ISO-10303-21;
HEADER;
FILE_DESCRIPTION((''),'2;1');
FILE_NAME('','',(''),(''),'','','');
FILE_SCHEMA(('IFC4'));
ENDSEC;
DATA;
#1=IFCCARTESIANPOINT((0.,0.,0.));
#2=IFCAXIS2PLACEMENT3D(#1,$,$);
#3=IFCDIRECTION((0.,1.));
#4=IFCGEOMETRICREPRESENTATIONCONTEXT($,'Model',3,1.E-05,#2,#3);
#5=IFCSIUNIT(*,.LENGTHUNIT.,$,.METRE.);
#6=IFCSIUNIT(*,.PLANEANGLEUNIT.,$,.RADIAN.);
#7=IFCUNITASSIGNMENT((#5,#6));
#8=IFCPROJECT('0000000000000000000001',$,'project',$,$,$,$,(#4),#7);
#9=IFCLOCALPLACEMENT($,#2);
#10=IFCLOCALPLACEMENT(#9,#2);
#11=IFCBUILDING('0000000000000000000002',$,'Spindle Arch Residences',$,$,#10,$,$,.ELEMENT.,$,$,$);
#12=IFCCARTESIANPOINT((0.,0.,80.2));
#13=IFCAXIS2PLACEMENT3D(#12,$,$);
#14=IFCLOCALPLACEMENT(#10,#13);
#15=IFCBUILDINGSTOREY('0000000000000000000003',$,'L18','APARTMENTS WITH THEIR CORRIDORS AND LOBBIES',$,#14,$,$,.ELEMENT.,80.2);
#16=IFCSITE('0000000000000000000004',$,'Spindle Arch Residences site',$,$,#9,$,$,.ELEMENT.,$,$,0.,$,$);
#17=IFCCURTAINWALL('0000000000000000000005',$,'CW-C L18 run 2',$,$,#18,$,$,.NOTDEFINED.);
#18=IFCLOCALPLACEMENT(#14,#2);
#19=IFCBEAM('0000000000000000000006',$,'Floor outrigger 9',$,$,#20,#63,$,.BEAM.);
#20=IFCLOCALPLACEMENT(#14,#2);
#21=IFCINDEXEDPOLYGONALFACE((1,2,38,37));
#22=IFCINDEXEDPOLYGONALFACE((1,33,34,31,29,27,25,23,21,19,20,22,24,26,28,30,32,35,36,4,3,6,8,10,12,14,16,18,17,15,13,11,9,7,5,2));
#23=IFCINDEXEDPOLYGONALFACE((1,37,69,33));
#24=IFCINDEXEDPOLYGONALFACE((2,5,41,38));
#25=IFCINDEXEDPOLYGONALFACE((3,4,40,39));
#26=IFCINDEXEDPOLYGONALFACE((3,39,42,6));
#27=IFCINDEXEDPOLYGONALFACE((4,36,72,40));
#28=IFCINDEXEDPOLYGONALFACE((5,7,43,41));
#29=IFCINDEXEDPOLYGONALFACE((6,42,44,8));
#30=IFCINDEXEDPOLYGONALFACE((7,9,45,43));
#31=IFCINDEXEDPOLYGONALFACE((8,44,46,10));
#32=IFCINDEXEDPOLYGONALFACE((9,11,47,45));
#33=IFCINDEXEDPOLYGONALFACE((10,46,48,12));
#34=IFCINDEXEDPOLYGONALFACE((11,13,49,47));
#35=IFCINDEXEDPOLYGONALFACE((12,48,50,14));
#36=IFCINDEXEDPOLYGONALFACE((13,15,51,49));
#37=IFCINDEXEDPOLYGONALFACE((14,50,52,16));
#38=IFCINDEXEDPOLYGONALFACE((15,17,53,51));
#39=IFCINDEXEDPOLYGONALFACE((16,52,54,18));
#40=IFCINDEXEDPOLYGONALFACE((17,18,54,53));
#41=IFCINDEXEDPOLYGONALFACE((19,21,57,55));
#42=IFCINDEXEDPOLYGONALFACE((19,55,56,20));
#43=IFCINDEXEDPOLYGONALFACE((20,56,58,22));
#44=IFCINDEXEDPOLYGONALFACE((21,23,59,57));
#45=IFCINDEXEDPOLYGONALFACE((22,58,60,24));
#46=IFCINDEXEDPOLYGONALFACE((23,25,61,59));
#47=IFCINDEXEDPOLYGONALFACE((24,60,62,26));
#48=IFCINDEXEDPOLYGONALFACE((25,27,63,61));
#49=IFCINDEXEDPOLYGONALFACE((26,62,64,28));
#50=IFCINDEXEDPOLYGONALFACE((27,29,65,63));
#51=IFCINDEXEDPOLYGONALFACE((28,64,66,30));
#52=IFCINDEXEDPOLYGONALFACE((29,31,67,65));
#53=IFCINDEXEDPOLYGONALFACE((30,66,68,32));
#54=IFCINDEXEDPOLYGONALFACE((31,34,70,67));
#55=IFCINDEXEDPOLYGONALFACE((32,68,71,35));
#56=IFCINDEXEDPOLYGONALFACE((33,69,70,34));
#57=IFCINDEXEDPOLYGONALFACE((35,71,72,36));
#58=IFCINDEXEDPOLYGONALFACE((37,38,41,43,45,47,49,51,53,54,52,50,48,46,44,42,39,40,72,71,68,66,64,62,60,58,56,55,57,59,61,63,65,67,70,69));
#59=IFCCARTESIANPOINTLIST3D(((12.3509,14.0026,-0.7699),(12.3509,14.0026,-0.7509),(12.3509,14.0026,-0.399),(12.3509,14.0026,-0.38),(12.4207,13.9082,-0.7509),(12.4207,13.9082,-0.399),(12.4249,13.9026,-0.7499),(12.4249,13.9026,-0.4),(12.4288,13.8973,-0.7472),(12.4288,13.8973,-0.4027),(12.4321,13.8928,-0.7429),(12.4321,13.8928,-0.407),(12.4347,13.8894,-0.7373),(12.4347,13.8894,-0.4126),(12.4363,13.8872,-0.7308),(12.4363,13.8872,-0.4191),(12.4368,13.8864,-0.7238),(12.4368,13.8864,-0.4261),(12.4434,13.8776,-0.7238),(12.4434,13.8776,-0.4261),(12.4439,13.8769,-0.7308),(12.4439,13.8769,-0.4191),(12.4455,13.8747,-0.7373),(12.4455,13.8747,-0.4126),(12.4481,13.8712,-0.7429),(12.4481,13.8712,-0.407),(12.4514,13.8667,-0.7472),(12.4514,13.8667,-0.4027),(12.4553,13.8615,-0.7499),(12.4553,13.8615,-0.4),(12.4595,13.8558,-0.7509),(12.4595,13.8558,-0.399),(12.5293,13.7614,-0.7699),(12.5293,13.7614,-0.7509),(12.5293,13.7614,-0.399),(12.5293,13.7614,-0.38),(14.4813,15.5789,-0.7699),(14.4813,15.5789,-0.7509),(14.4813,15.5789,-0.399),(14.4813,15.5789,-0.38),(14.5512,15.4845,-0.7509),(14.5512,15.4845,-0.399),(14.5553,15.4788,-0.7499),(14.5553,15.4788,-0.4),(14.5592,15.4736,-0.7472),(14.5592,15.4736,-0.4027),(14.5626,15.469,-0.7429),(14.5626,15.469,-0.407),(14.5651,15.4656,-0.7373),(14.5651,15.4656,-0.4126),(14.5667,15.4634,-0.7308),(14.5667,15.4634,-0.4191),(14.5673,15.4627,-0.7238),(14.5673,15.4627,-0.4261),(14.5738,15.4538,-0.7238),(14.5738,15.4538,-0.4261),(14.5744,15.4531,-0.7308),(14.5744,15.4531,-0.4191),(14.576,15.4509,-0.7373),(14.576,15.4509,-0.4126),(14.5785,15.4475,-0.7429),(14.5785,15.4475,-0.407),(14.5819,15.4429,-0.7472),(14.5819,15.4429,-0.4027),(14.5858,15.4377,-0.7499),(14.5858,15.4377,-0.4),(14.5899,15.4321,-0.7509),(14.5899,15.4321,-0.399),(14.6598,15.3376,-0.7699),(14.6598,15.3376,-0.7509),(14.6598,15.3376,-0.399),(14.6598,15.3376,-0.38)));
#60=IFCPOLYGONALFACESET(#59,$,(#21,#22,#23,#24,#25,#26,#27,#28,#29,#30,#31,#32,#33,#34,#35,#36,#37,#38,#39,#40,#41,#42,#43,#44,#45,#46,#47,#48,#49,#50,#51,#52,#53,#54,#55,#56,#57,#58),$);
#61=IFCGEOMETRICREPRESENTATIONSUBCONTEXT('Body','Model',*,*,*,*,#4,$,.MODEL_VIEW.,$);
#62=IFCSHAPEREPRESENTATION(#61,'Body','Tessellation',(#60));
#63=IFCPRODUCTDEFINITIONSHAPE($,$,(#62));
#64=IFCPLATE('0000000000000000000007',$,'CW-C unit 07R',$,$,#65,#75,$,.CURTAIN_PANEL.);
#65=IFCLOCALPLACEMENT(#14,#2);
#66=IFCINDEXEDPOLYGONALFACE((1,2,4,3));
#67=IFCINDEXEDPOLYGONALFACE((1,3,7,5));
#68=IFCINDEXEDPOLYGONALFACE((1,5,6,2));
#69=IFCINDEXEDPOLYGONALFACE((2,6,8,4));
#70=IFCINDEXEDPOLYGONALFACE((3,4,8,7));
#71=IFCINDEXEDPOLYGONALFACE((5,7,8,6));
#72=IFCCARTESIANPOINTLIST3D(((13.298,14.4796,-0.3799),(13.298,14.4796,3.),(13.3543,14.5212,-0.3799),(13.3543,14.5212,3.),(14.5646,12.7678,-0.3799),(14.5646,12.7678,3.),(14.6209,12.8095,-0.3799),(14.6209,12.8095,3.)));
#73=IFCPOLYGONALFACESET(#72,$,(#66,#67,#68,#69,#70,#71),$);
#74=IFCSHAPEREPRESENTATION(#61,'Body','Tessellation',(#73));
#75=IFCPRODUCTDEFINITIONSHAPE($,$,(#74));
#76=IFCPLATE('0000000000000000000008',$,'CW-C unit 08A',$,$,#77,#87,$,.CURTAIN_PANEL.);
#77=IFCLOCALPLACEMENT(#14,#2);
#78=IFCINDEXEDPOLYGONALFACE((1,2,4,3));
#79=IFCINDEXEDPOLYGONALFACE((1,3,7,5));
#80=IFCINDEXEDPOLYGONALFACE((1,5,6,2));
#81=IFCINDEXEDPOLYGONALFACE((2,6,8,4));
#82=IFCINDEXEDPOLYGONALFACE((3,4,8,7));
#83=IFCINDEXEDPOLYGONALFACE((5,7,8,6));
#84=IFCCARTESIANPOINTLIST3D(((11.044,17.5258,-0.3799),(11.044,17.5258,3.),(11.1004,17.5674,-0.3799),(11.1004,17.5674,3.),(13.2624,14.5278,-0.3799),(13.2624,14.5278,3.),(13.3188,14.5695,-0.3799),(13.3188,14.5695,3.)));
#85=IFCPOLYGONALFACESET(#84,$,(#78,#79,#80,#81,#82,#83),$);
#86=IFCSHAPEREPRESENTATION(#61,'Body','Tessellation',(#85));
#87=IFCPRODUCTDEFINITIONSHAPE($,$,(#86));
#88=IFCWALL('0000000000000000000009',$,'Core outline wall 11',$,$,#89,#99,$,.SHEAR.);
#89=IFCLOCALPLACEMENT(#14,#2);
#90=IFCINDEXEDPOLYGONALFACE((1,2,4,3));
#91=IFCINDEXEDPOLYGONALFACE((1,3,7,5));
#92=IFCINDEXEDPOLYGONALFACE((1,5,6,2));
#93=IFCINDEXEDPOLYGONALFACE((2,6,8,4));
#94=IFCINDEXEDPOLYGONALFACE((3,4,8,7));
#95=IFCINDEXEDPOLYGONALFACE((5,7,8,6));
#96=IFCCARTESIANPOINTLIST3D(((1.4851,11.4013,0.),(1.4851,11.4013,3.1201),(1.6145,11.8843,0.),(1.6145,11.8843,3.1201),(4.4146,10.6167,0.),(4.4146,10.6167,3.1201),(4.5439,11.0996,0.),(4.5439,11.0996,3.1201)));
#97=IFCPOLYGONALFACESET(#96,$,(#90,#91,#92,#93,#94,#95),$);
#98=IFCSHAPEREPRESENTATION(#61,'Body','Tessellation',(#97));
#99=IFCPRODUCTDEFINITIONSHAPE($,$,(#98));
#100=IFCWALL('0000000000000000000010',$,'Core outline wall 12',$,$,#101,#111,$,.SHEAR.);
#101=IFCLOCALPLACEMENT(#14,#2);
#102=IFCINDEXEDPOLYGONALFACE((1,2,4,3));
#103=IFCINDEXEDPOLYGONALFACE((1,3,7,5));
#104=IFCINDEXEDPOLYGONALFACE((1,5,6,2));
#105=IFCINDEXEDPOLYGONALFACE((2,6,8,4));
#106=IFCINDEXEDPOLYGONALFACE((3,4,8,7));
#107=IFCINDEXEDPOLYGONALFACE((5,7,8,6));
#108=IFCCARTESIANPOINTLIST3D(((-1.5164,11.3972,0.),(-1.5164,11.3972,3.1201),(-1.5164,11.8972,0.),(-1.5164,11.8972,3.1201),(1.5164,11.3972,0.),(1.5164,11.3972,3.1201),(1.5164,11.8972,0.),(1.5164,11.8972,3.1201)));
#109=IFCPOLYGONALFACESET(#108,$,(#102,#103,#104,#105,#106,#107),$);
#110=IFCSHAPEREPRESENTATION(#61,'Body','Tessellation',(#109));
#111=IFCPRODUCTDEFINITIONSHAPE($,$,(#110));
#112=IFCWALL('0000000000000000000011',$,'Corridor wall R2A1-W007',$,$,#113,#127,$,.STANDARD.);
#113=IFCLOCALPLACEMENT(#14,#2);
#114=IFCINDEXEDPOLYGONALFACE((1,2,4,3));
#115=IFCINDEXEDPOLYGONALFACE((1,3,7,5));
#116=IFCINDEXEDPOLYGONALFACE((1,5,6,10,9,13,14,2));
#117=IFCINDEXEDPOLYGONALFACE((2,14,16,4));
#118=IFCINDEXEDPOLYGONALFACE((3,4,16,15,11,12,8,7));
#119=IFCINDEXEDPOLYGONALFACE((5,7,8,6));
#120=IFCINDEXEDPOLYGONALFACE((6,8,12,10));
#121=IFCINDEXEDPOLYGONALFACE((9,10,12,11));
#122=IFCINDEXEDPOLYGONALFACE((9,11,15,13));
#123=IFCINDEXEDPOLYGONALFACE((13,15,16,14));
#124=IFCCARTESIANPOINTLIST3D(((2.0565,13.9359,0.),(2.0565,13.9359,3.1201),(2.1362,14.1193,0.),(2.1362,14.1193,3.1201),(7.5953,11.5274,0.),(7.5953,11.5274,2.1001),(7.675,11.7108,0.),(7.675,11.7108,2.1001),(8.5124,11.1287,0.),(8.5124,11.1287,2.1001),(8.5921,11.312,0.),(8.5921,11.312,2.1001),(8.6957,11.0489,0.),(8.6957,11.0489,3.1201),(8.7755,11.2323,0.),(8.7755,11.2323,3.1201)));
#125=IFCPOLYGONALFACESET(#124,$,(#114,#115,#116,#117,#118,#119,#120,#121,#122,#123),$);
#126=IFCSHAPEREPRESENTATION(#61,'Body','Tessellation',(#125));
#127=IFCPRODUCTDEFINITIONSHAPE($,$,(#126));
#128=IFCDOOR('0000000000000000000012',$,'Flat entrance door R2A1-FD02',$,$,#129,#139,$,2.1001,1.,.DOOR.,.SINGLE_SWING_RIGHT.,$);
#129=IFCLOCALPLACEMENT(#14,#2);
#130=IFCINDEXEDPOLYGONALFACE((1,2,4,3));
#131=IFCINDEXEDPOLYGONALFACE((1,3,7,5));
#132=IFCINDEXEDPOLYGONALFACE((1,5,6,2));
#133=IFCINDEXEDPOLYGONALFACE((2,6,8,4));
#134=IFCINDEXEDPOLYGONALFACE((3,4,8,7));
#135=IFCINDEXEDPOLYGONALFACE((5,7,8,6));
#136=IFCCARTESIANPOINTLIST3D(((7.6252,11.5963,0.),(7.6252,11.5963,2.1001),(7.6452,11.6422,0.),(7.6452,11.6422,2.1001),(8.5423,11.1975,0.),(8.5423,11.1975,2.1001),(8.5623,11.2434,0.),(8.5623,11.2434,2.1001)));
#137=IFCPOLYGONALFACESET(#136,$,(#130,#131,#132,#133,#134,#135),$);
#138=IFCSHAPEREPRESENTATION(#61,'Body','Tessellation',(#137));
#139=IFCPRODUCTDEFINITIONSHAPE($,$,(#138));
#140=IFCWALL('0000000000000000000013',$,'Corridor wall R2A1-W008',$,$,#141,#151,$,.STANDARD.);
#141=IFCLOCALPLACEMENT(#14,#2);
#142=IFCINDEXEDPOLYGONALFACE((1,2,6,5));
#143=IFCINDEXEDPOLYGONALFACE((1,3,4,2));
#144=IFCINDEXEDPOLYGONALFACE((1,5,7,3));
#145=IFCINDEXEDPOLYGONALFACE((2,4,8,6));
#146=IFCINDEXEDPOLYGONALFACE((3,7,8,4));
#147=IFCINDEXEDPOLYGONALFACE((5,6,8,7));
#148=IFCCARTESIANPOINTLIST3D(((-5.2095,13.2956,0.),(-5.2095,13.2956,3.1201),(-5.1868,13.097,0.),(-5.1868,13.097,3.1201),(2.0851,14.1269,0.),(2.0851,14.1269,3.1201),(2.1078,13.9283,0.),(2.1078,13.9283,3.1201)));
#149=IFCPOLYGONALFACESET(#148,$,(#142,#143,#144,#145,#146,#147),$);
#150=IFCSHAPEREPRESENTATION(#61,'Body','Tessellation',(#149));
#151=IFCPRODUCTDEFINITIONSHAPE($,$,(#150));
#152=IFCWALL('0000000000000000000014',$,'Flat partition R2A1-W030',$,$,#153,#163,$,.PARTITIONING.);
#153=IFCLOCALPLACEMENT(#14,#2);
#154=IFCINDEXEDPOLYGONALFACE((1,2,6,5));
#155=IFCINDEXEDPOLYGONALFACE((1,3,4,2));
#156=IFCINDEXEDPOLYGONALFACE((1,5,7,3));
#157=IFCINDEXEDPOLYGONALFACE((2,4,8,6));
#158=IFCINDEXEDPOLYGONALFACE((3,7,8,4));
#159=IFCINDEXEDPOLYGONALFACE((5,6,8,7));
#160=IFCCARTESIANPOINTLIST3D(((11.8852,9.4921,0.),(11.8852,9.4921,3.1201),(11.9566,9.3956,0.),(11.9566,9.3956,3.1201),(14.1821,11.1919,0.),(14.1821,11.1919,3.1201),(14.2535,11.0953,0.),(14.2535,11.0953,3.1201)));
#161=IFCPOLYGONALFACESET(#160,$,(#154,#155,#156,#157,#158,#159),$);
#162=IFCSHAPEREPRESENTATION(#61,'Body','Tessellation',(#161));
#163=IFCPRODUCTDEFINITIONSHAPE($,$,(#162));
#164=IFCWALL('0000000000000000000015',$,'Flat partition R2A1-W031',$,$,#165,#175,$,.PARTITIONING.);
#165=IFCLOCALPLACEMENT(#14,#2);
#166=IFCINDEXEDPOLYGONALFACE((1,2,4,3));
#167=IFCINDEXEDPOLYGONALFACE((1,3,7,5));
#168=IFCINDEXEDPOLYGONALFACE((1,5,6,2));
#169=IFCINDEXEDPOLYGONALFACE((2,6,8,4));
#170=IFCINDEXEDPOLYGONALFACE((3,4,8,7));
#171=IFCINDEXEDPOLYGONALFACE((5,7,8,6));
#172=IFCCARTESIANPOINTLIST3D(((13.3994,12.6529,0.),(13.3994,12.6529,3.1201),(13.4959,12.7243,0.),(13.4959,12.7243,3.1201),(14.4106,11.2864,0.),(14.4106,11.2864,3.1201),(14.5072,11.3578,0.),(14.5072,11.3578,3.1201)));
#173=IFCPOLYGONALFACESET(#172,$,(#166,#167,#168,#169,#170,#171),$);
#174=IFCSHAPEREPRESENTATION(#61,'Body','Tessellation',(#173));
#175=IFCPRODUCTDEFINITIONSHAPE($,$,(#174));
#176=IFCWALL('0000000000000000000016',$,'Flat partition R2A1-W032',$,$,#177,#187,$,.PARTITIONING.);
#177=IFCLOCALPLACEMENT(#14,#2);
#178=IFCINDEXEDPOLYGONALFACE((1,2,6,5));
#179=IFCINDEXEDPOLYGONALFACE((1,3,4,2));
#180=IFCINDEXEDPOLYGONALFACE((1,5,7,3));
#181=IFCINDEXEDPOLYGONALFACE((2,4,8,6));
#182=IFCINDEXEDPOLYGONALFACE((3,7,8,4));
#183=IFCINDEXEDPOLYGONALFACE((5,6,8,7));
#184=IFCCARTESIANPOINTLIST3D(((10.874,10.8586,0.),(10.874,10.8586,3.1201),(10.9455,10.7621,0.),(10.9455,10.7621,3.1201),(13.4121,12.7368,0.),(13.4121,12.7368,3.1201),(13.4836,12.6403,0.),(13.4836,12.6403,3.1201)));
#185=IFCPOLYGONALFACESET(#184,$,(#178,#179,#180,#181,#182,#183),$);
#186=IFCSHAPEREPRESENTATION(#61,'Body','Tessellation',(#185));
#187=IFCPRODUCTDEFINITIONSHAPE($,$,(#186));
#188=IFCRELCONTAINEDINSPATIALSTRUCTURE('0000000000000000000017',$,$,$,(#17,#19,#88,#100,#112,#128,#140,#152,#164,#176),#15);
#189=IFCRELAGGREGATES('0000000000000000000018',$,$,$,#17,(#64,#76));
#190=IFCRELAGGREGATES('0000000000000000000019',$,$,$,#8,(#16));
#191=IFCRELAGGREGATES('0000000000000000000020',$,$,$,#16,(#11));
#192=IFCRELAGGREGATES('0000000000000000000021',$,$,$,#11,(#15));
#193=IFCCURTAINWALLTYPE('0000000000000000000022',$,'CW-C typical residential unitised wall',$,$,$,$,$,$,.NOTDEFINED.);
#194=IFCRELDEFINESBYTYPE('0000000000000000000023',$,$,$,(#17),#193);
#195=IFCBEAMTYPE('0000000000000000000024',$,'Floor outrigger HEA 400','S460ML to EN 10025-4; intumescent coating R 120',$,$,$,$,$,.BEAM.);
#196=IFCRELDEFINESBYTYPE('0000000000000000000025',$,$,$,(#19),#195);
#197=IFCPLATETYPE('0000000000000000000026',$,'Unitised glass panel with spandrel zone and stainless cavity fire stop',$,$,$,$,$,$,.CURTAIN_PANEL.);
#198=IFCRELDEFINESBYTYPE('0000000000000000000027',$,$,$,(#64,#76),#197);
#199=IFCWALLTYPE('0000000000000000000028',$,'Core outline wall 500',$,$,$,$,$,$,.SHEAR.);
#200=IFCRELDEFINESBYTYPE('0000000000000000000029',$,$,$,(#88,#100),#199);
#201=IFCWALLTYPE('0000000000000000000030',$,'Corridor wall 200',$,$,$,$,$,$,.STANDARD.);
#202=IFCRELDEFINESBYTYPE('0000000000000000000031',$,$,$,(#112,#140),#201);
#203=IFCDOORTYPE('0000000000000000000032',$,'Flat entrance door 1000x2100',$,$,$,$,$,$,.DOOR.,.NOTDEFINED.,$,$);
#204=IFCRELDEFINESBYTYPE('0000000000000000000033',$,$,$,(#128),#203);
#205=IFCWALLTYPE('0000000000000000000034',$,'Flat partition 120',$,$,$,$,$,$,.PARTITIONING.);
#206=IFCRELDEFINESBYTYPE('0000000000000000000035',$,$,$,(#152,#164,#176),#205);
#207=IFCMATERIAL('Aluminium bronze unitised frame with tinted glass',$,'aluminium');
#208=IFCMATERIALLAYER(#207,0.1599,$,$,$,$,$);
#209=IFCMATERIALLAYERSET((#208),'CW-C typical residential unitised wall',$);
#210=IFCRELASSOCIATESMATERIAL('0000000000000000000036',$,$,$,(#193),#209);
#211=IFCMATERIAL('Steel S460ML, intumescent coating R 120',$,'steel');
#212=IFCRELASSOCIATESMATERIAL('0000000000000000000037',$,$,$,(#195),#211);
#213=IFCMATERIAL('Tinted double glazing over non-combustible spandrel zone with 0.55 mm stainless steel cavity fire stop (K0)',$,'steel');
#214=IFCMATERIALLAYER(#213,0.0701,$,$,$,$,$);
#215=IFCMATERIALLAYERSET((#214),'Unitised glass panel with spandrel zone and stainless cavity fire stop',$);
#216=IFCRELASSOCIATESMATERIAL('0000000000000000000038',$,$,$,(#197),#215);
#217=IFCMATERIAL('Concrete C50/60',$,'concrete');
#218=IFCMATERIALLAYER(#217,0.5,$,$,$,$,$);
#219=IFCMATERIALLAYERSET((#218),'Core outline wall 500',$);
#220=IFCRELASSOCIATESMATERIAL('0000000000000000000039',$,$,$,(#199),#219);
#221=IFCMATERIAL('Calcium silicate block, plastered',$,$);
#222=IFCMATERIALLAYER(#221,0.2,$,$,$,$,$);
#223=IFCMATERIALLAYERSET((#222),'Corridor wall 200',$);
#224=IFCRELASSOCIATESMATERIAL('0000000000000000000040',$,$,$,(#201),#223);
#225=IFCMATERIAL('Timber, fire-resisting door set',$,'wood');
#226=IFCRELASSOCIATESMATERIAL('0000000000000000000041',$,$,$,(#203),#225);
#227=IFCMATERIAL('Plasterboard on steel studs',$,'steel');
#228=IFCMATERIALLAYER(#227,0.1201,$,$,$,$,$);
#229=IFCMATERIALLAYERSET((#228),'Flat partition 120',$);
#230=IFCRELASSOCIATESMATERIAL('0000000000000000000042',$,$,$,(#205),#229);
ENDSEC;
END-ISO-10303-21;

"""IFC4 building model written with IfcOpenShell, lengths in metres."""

from ifc_helpers import new_model, si_unit, direction, frame, frame_2d, origin, origin_2d, place, context, subcontext, project, spatial, rectangle, i_section, extrude, material, layer, layer_set, material_profile, profile_set, type_object, element, fill, aggregate, save


model = new_model("IFC4")

# Units and contexts
model_context = context("Model", 3, precision=1e-05, world=origin(), true_north=direction((0.0, 1.0)))
body_context = subcontext(model_context, "Body", "Model", "MODEL_VIEW")
ifc_project = project(units=[si_unit("LENGTHUNIT", "METRE"), si_unit("PLANEANGLEUNIT", "RADIAN")], contexts=[model_context])

# Site, building, storey
site_placement = place(None, origin())
site = spatial("IfcSite", under=ifc_project, at=site_placement, Name="Spindle Arch Residences site", CompositionType="ELEMENT", RefElevation=0.0)
building_placement = place(site_placement, origin())
building = spatial("IfcBuilding", under=site, at=building_placement, Name="Spindle Arch Residences", CompositionType="ELEMENT")
storey_placement = place(building_placement, frame((0.0, 0.0, 80.2)))
storey = spatial("IfcBuildingStorey", under=building, at=storey_placement, Name="L18", Description="APARTMENTS WITH THEIR CORRIDORS AND LOBBIES", CompositionType="ELEMENT", Elevation=80.2)

# Curtain wall
ifc_material_1 = material(Name="Aluminium bronze unitised frame with tinted glass", Category="aluminium")
ifc_layer_1 = layer(ifc_material_1, 0.1599)
ifc_layer_set_1 = layer_set([ifc_layer_1], Name="CW-C typical residential unitised wall")
curtain_wall_type = type_object("IfcCurtainWallType", Name="CW-C typical residential unitised wall", PredefinedType="NOTDEFINED", material=ifc_layer_set_1)
curtain_wall_placement = place(storey_placement, origin())
curtain_wall = element("IfcCurtainWall", 1, at=curtain_wall_placement, inside=storey, type_object=curtain_wall_type, Name="CW-C L18 run 2", PredefinedType="NOTDEFINED")

# Beam
ifc_material_2 = material(Name="Steel S460ML, intumescent coating R 120", Category="steel")
ifc_material_profile_1 = material_profile(ifc_material_2, i_section(OverallWidth=0.3, OverallDepth=0.3899, WebThickness=0.011, FlangeThickness=0.019, FilletRadius=0.0271, at=origin_2d()), Name="HEA 400")
ifc_profile_set_1 = profile_set([ifc_material_profile_1], Name="Steel S460ML, intumescent coating R 120")
beam_type_1 = type_object("IfcBeamType", Name="Floor outrigger HEA 400", Description="S460ML to EN 10025-4; intumescent coating R 120", PredefinedType="BEAM", material=ifc_profile_set_1)
beam_1_placement = place(storey_placement, frame((14.5706, 15.4583, -0.575), z_axis=(-0.803897, -0.594769, 0.0), x_axis=(0.594769, -0.803897, 0.0)))
element("IfcBeam", 2, at=beam_1_placement, inside=storey, type_object=beam_type_1, Name="Floor outrigger 9", PredefinedType="BEAM", context=body_context, shape_type="SweptSolid", body=[
    extrude(i_section(OverallWidth=0.3, OverallDepth=0.3899, WebThickness=0.011, FlangeThickness=0.019, FilletRadius=0.0271, at=origin_2d()), origin(), (0.0, 0.0, 1.0), 2.6501),
])

# Plates
ifc_material_3 = material(Name="Tinted double glazing over non-combustible spandrel zone with 0.55 mm stainless steel cavity fire stop (K0)", Category="steel")
ifc_layer_2 = layer(ifc_material_3, 0.0701)
ifc_layer_set_2 = layer_set([ifc_layer_2], Name="Unitised glass panel with spandrel zone and stainless cavity fire stop")
plate_type = type_object("IfcPlateType", Name="Unitised glass panel with spandrel zone and stainless cavity fire stop", PredefinedType="CURTAIN_PANEL", material=ifc_layer_set_2)
plate_1_placement = place(storey_placement, frame((13.9595, 13.6445, -0.3799), z_axis=(0.0, 0.0, 1.0), x_axis=(-0.594823, 0.803857, 0.0)))
plate_1 = element("IfcPlate", 3, at=plate_1_placement, type_object=plate_type, Name="CW-C unit 07R", PredefinedType="CURTAIN_PANEL", context=body_context, shape_type="SweptSolid", body=[
    extrude(rectangle(XDim=2.1294, YDim=0.0701, at=origin_2d()), origin(), (0.0, 0.0, 1.0), 3.3799),
])
plate_2_placement = place(storey_placement, frame((12.1814, 16.0476, -0.3799), z_axis=(0.0, 0.0, 1.0), x_axis=(-0.594823, 0.803857, 0.0)))
plate_2 = element("IfcPlate", 4, at=plate_2_placement, type_object=plate_type, Name="CW-C unit 08A", PredefinedType="CURTAIN_PANEL", context=body_context, shape_type="SweptSolid", body=[
    extrude(rectangle(XDim=3.7295, YDim=0.0701, at=origin_2d()), origin(), (0.0, 0.0, 1.0), 3.3799),
])
aggregate(curtain_wall, [plate_1, plate_2])

# Walls
ifc_material_4 = material(Name="Concrete C50/60", Category="concrete")
ifc_layer_3 = layer(ifc_material_4, 0.5)
ifc_layer_set_3 = layer_set([ifc_layer_3], Name="Core outline wall 500")
wall_type_1 = type_object("IfcWallType", Name="Core outline wall 500", PredefinedType="SHEAR", material=ifc_layer_set_3)
for number, where, z_axis, x_axis, name in (
    (5, (4.4792, 10.8582, 0.0), (0.0, 0.0, 1.0), (-0.965948, 0.258735, 0.0), "Core outline wall 11"),
    (6, (1.5164, 11.6472, 0.0), (0.0, 0.0, 1.0), (-1.0, 0.0, 0.0), "Core outline wall 12"),
):
    element("IfcWall", number, at=place(storey_placement, frame(where, z_axis=z_axis, x_axis=x_axis)), inside=storey, type_object=wall_type_1, Name=name, PredefinedType="SHEAR", context=body_context, shape_type="SweptSolid", body=[
        extrude(rectangle(XDim=3.0327, YDim=0.5, at=frame_2d((1.5164, 0.0))), origin(), (0.0, 0.0, 1.0), 3.1201),
    ])

# Wall, opening, door
ifc_material_5 = material(Name="Calcium silicate block, plastered")
ifc_layer_4 = layer(ifc_material_5, 0.2)
ifc_layer_set_4 = layer_set([ifc_layer_4], Name="Corridor wall 200")
wall_type_2 = type_object("IfcWallType", Name="Corridor wall 200", PredefinedType="STANDARD", material=ifc_layer_set_4)
wall_1_placement = place(storey_placement, frame((8.7356, 11.1406, 0.0), z_axis=(0.0, 0.0, 1.0), x_axis=(-0.917051, 0.398769, 0.0)))
wall_1 = element("IfcWall", 7, at=wall_1_placement, inside=storey, type_object=wall_type_2, Name="Corridor wall R2A1-W007", PredefinedType="STANDARD", context=body_context, shape_type="SweptSolid", body=[
    extrude(rectangle(XDim=7.2397, YDim=0.2, at=frame_2d((3.6199, 0.0))), origin(), (0.0, 0.0, 1.0), 3.1201),
])
opening_1_placement = place(wall_1_placement, frame((0.2, 0.0, 0.0)))
opening_1 = element("IfcOpeningElement", 8, at=opening_1_placement, cuts=wall_1, PredefinedType="OPENING", context=body_context, shape_type="SweptSolid", body=[
    extrude(rectangle(XDim=1.0, YDim=2.1001, at=frame_2d((0.5, 1.05))), frame((0.0, 0.1099, 0.0), z_axis=(0.0, -1.0, 0.0), x_axis=(1.0, 0.0, 0.0)), (0.0, 0.0, 1.0), 0.22),
])
ifc_material_6 = material(Name="Timber, fire-resisting door set", Category="wood")
door_type_1 = type_object("IfcDoorType", Name="Flat entrance door 1000x2100", OperationType="NOTDEFINED", PredefinedType="DOOR", material=ifc_material_6)
door_1_placement = place(opening_1_placement, origin())
door_1 = element("IfcDoor", 9, at=door_1_placement, inside=storey, type_object=door_type_1, Name="Flat entrance door R2A1-FD02", OperationType="SINGLE_SWING_RIGHT", OverallHeight=2.1001, OverallWidth=1.0, PredefinedType="DOOR", context=body_context, shape_type="SweptSolid", body=[
    extrude(rectangle(XDim=1.0, YDim=2.1001, at=frame_2d((0.5, 1.05))), frame((0.0, 0.0249, 0.0), z_axis=(0.0, -1.0, 0.0), x_axis=(1.0, 0.0, 0.0)), (0.0, 0.0, 1.0), 0.05),
])
fill(opening_1, door_1)

# Walls
wall_2_placement = place(storey_placement, frame((2.0964, 14.0276, 0.0), z_axis=(0.0, 0.0, 1.0), x_axis=(-0.993569, -0.113227, 0.0)))
element("IfcWall", 10, at=wall_2_placement, inside=storey, type_object=wall_type_2, Name="Corridor wall R2A1-W008", PredefinedType="STANDARD", context=body_context, shape_type="SweptSolid", body=[
    extrude(rectangle(XDim=7.3418, YDim=0.2, at=frame_2d((3.6709, 0.0))), origin(), (0.0, 0.0, 1.0), 3.1201),
])
ifc_material_7 = material(Name="Plasterboard on steel studs", Category="steel")
ifc_layer_5 = layer(ifc_material_7, 0.1201)
ifc_layer_set_5 = layer_set([ifc_layer_5], Name="Flat partition 120")
wall_type_3 = type_object("IfcWallType", Name="Flat partition 120", PredefinedType="PARTITIONING", material=ifc_layer_set_5)
wall_3_placement = place(storey_placement, frame((11.9209, 9.4438, 0.0), z_axis=(0.0, 0.0, 1.0), x_axis=(0.803839, 0.594847, 0.0)))
element("IfcWall", 11, at=wall_3_placement, inside=storey, type_object=wall_type_3, Name="Flat partition R2A1-W030", PredefinedType="PARTITIONING", context=body_context, shape_type="SweptSolid", body=[
    extrude(rectangle(XDim=2.8574, YDim=0.1201, at=frame_2d((1.4287, 0.0))), origin(), (0.0, 0.0, 1.0), 3.1201),
])
wall_4_placement = place(storey_placement, frame((14.459, 11.322, 0.0), z_axis=(0.0, 0.0, 1.0), x_axis=(-0.594863, 0.803827, 0.0)))
element("IfcWall", 12, at=wall_4_placement, inside=storey, type_object=wall_type_3, Name="Flat partition R2A1-W031", PredefinedType="PARTITIONING", context=body_context, shape_type="SweptSolid", body=[
    extrude(rectangle(XDim=1.7, YDim=0.1201, at=frame_2d((0.8501, 0.0))), origin(), (0.0, 0.0, 1.0), 3.1201),
])
wall_5_placement = place(storey_placement, frame((13.4478, 12.6885, 0.0), z_axis=(0.0, 0.0, 1.0), x_axis=(-0.803843, -0.594841, 0.0)))
element("IfcWall", 13, at=wall_5_placement, inside=storey, type_object=wall_type_3, Name="Flat partition R2A1-W032", PredefinedType="PARTITIONING", context=body_context, shape_type="SweptSolid", body=[
    extrude(rectangle(XDim=3.1575, YDim=0.1201, at=frame_2d((1.5786, 0.0))), origin(), (0.0, 0.0, 1.0), 3.1201),
])

save(model, "model.ifc")
